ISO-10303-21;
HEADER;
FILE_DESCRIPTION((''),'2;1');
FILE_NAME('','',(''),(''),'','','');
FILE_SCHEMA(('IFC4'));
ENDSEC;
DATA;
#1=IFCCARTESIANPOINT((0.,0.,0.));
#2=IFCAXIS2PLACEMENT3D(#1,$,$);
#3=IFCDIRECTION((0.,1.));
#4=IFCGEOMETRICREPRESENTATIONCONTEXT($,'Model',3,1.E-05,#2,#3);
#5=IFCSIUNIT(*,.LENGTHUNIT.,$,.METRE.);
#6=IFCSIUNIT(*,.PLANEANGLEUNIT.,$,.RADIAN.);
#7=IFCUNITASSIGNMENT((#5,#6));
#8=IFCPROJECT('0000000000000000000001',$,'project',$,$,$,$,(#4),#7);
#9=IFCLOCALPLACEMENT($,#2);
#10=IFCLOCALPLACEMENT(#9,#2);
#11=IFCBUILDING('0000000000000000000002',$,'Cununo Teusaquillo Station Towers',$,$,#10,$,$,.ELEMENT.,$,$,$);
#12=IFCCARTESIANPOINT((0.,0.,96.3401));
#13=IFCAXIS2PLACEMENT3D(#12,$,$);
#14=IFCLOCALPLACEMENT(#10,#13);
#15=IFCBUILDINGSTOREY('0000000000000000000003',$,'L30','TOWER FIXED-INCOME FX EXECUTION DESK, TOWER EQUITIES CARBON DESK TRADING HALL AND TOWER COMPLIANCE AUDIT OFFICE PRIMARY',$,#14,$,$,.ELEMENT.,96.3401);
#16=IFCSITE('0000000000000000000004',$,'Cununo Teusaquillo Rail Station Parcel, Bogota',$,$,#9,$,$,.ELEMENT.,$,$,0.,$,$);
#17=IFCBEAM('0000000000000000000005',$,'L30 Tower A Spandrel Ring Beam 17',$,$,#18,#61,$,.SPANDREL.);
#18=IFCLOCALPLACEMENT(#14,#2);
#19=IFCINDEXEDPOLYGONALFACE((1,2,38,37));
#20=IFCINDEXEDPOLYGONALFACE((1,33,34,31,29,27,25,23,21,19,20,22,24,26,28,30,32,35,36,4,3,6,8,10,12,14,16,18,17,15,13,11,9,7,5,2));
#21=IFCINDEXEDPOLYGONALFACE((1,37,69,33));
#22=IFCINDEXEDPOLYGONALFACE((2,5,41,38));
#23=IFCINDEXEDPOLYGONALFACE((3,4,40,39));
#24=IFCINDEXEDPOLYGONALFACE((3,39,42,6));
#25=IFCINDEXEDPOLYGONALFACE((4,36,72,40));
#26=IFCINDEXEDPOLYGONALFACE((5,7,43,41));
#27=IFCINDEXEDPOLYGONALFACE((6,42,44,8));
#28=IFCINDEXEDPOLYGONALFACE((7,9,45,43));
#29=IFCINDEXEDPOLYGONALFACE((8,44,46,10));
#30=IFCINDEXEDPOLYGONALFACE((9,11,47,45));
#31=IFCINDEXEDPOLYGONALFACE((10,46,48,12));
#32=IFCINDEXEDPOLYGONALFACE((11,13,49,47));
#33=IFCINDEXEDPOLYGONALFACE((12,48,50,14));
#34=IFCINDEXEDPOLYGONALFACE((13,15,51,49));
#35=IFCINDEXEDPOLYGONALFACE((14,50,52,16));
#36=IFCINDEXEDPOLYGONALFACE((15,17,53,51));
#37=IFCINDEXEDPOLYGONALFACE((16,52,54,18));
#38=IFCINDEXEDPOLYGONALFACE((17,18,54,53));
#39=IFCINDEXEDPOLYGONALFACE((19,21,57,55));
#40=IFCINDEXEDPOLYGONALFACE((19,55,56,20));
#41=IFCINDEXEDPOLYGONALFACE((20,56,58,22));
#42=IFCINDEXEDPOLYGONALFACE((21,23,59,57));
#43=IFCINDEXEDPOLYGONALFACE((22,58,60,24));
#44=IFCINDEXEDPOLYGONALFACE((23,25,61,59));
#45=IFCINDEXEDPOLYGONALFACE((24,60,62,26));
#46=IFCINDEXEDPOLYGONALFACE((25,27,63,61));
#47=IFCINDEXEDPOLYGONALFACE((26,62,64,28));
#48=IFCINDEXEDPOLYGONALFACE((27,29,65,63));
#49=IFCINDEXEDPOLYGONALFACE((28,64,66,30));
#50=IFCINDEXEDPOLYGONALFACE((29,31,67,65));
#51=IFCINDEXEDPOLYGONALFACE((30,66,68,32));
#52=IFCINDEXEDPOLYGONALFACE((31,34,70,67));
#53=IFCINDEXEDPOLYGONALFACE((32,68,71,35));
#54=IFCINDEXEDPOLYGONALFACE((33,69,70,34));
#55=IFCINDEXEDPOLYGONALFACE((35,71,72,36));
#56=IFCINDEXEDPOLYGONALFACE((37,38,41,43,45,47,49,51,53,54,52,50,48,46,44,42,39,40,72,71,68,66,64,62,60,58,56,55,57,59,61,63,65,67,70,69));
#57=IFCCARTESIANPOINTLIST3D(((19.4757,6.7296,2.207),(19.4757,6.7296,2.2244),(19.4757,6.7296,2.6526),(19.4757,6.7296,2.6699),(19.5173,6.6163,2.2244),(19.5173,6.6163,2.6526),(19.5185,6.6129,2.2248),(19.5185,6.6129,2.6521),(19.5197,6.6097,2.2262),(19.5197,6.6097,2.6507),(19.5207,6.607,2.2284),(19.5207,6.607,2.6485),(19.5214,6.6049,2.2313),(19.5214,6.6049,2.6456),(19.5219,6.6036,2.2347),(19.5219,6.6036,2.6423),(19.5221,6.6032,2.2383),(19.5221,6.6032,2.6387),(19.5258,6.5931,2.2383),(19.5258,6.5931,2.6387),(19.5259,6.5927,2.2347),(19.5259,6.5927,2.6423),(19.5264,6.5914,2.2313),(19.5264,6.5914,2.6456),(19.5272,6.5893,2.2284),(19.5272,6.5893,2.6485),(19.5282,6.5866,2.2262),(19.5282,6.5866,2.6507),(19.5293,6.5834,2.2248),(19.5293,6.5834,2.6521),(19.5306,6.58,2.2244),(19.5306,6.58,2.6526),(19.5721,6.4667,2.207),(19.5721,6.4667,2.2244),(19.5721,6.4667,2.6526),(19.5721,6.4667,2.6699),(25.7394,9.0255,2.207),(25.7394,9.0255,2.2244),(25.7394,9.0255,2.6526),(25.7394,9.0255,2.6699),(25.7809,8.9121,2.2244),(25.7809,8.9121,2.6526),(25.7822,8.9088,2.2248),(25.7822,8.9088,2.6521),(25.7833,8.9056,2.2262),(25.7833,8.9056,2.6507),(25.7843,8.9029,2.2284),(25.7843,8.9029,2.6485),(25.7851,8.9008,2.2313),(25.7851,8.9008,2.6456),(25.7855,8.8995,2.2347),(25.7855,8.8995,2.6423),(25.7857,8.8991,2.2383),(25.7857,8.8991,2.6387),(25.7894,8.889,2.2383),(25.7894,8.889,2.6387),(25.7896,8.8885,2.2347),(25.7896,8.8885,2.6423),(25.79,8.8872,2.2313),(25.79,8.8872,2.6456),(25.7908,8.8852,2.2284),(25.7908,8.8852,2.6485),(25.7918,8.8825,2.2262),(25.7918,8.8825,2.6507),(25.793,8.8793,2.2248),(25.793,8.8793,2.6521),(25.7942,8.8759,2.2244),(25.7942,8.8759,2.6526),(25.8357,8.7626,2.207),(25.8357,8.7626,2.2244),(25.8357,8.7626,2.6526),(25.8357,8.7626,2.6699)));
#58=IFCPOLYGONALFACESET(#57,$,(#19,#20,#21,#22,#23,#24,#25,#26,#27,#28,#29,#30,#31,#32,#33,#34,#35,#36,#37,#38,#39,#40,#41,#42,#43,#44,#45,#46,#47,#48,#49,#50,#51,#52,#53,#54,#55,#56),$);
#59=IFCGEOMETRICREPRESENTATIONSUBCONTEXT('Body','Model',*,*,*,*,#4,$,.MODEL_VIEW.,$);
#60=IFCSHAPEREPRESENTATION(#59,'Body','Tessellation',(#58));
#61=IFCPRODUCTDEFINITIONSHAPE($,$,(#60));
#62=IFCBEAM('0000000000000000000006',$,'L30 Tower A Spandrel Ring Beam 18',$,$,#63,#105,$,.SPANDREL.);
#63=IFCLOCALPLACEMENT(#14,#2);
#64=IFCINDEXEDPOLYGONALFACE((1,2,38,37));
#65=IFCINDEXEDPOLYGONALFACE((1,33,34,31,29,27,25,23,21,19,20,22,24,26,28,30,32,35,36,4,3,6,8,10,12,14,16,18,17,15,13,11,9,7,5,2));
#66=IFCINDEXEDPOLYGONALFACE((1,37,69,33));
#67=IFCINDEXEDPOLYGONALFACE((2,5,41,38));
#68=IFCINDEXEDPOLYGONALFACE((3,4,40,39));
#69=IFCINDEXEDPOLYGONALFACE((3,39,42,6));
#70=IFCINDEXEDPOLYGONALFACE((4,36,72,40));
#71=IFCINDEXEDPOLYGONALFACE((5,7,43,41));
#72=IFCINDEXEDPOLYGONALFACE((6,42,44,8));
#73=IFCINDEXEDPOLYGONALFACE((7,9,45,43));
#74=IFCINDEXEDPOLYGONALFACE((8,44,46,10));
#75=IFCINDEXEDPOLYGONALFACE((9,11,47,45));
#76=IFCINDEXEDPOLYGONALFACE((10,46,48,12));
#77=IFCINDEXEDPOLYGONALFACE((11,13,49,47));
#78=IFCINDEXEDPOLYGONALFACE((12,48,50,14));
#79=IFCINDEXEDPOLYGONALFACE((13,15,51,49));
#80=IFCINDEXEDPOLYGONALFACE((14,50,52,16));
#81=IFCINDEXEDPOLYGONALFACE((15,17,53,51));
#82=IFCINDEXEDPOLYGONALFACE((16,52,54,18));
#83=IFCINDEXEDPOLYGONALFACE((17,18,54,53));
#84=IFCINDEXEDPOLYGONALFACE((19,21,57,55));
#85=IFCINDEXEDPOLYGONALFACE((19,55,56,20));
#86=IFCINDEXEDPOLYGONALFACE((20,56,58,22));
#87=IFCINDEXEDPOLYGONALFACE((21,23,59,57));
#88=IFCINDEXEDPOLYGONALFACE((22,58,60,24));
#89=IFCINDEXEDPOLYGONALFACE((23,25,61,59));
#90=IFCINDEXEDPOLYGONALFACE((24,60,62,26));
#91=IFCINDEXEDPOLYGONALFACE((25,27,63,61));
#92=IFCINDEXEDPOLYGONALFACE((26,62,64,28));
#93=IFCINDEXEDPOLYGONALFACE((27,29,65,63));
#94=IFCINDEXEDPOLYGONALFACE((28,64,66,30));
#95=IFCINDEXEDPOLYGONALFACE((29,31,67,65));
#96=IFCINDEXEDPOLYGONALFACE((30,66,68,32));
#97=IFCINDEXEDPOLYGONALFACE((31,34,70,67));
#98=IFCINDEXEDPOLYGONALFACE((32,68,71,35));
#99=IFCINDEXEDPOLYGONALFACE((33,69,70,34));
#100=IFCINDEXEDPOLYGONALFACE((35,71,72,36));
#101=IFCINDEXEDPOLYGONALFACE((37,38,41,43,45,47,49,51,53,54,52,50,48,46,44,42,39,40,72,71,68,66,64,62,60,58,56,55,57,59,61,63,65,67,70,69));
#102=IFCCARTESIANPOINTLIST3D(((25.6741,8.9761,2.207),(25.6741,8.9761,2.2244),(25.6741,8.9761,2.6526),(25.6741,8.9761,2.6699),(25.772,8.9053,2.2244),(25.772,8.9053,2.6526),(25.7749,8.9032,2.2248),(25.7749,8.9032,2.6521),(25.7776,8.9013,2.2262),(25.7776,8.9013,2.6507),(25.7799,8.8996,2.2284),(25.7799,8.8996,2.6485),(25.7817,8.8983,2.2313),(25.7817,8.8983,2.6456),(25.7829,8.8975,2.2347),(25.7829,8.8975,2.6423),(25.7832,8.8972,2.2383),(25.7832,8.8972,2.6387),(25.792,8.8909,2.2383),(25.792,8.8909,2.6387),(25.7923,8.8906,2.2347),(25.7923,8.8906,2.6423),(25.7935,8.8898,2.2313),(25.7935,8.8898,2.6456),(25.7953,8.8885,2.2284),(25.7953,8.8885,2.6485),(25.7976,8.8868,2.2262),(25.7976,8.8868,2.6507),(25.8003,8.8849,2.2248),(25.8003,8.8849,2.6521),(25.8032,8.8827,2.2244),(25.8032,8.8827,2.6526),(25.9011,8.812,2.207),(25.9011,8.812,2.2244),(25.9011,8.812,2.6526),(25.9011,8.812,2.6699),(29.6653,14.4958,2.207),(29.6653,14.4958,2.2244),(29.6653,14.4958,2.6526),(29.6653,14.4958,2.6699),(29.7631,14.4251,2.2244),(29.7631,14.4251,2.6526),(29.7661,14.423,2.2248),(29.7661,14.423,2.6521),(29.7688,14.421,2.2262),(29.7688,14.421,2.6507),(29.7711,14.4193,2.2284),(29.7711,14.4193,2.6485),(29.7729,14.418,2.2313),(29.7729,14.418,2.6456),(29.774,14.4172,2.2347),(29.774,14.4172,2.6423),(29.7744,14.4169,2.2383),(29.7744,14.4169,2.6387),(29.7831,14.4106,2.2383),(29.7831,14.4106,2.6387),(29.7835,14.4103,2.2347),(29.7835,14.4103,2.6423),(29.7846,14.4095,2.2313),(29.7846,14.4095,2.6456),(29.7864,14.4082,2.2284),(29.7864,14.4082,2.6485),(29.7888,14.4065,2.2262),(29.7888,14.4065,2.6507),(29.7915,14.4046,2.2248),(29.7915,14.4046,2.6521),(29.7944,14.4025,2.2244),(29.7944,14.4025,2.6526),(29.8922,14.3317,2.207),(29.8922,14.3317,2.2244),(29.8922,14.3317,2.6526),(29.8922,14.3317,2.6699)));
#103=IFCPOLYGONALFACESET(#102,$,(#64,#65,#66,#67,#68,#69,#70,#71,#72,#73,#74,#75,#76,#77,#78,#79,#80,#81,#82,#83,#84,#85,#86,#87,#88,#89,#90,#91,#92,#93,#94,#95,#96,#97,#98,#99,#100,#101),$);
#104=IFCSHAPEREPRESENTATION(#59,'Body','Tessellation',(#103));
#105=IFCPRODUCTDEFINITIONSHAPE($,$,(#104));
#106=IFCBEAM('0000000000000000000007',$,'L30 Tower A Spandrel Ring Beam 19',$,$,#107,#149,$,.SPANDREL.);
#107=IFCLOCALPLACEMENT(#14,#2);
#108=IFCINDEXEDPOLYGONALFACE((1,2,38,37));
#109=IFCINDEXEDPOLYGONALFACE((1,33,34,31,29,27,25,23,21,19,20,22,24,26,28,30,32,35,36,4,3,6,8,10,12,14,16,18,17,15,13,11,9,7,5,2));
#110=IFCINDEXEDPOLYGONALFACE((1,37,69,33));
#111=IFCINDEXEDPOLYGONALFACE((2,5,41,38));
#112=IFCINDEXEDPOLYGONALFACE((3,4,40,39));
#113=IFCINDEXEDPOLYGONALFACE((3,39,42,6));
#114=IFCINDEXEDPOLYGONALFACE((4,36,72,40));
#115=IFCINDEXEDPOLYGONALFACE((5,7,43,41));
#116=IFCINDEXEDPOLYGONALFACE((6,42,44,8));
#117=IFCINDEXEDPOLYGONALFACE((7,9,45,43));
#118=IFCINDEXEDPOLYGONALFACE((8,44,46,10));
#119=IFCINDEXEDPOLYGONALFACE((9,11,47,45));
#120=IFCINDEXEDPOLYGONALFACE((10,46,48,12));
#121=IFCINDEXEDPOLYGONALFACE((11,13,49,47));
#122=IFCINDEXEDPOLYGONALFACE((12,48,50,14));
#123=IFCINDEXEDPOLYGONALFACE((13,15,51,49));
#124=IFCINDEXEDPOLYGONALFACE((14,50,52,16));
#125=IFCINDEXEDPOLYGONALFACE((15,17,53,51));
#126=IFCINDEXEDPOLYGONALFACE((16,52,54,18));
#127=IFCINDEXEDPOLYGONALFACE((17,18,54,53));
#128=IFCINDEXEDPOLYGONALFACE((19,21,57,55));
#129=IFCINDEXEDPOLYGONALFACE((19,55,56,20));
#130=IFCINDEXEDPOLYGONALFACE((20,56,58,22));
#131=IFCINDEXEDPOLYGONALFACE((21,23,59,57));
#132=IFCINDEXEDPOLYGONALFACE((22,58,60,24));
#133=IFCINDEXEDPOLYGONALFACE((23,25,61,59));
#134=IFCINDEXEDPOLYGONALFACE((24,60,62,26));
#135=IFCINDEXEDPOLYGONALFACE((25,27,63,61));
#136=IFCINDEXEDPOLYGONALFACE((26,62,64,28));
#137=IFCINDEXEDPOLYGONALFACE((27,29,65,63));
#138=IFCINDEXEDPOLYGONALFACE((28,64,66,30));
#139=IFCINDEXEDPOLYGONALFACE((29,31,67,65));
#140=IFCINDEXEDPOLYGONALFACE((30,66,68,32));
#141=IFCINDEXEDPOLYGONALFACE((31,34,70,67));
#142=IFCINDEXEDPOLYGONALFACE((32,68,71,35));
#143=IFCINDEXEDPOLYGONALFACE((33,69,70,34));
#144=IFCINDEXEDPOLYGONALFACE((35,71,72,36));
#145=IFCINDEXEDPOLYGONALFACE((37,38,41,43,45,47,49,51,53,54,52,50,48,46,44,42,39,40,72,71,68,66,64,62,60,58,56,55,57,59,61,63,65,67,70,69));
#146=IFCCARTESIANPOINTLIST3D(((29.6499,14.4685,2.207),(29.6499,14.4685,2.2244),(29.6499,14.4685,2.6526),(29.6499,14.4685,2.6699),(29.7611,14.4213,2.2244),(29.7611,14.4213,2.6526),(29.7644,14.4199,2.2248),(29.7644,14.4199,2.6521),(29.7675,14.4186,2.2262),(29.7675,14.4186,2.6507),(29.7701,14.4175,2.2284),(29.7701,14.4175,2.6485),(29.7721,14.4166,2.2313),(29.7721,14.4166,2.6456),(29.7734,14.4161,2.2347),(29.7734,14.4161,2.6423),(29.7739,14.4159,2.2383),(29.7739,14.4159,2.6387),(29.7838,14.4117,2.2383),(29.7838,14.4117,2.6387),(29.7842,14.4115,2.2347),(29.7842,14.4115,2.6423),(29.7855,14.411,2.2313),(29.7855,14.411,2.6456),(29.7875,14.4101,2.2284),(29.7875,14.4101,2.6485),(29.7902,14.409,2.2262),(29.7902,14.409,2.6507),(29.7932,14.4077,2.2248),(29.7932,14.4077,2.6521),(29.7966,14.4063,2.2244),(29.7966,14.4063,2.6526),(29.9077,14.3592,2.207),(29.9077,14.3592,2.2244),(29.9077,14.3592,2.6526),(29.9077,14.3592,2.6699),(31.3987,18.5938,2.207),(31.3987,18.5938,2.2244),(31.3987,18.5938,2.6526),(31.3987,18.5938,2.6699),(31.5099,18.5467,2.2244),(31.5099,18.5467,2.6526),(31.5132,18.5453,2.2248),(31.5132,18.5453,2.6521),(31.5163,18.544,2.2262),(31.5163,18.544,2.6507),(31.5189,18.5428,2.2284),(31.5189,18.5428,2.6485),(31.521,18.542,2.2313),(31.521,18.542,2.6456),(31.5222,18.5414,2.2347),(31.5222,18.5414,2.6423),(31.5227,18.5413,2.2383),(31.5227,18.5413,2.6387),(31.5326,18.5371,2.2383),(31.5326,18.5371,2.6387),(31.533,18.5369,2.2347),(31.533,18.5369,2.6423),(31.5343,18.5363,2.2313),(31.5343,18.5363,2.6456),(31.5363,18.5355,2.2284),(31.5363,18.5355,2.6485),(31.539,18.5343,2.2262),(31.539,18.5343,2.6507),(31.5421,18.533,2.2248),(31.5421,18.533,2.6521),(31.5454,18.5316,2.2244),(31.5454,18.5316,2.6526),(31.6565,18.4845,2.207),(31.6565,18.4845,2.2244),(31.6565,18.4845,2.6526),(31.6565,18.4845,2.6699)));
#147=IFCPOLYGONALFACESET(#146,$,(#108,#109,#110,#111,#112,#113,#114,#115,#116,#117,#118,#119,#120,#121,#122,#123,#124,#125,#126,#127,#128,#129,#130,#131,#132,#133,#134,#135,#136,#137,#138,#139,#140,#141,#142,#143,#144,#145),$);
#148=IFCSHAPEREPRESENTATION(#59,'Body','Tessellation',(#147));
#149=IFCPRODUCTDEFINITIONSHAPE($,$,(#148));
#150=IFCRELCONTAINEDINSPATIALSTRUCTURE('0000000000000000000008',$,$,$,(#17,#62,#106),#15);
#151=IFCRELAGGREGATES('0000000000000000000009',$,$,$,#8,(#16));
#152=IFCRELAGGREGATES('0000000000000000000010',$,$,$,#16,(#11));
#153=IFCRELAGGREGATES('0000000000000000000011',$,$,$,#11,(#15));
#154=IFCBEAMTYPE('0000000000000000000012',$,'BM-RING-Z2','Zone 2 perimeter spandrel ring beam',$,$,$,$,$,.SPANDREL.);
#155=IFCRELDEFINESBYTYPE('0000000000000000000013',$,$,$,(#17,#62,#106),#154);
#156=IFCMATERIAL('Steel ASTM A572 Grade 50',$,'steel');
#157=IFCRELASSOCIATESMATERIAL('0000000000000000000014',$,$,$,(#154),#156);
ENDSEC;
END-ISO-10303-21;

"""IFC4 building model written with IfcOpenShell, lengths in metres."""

from ifc_helpers import new_model, si_unit, direction, frame, origin, origin_2d, place, context, subcontext, project, spatial, i_section, extrude, material, material_profile, profile_set, type_object, element, save


model = new_model("IFC4")

# Units and contexts
model_context = context("Model", 3, precision=1e-05, world=origin(), true_north=direction((0.0, 1.0)))
body_context = subcontext(model_context, "Body", "Model", "MODEL_VIEW")
ifc_project = project(units=[si_unit("LENGTHUNIT", "METRE"), si_unit("PLANEANGLEUNIT", "RADIAN")], contexts=[model_context])

# Site, building, storey
site_placement = place(None, origin())
site = spatial("IfcSite", under=ifc_project, at=site_placement, Name="Cununo Teusaquillo Rail Station Parcel, Bogota", CompositionType="ELEMENT", RefElevation=0.0)
building_placement = place(site_placement, origin())
building = spatial("IfcBuilding", under=site, at=building_placement, Name="Cununo Teusaquillo Station Towers", CompositionType="ELEMENT")
storey_placement = place(building_placement, frame((0.0, 0.0, 96.3401)))
storey = spatial("IfcBuildingStorey", under=building, at=storey_placement, Name="L30", Description="TOWER FIXED-INCOME FX EXECUTION DESK, TOWER EQUITIES CARBON DESK TRADING HALL AND TOWER COMPLIANCE AUDIT OFFICE PRIMARY", CompositionType="ELEMENT", Elevation=96.3401)

# Beams
ifc_material_1 = material(Name="Steel ASTM A572 Grade 50", Category="steel")
ifc_material_profile_1 = material_profile(ifc_material_1, i_section(OverallWidth=0.28, OverallDepth=0.4629, WebThickness=0.0107, FlangeThickness=0.0173, FilletRadius=0.0139, at=origin_2d()), Name="W18X76")
ifc_profile_set_1 = profile_set([ifc_material_profile_1], Name="Steel ASTM A572 Grade 50")
beam_type_1 = type_object("IfcBeamType", Name="BM-RING-Z2", Description="Zone 2 perimeter spandrel ring beam", PredefinedType="SPANDREL", material=ifc_profile_set_1)
beam_1_placement = place(storey_placement, frame((19.5239, 6.5981, 2.4385), z_axis=(0.938914, 0.344151, 0.0), x_axis=(-0.344151, 0.938914, 0.0)))
element("IfcBeam", 1, at=beam_1_placement, inside=storey, type_object=beam_type_1, Name="L30 Tower A Spandrel Ring Beam 17", PredefinedType="SPANDREL", context=body_context, shape_type="SweptSolid", body=[
    extrude(i_section(OverallWidth=0.28, OverallDepth=0.4629, WebThickness=0.0107, FlangeThickness=0.0173, FilletRadius=0.0139, at=origin_2d()), origin(), (0.0, 0.0, 1.0), 6.6711),
])
beam_2_placement = place(storey_placement, frame((25.7876, 8.894, 2.4385), z_axis=(0.585945, 0.810351, 0.0), x_axis=(-0.810351, 0.585945, 0.0)))
element("IfcBeam", 2, at=beam_2_placement, inside=storey, type_object=beam_type_1, Name="L30 Tower A Spandrel Ring Beam 18", PredefinedType="SPANDREL", context=body_context, shape_type="SweptSolid", body=[
    extrude(i_section(OverallWidth=0.28, OverallDepth=0.4629, WebThickness=0.0107, FlangeThickness=0.0173, FilletRadius=0.0139, at=origin_2d()), origin(), (0.0, 0.0, 1.0), 6.8115),
])
beam_3_placement = place(storey_placement, frame((29.7788, 14.4138, 2.4385), z_axis=(0.390299, 0.920688, 0.0), x_axis=(-0.920688, 0.390299, 0.0)))
element("IfcBeam", 3, at=beam_3_placement, inside=storey, type_object=beam_type_1, Name="L30 Tower A Spandrel Ring Beam 19", PredefinedType="SPANDREL", context=body_context, shape_type="SweptSolid", body=[
    extrude(i_section(OverallWidth=0.28, OverallDepth=0.4629, WebThickness=0.0107, FlangeThickness=0.0173, FilletRadius=0.0139, at=origin_2d()), origin(), (0.0, 0.0, 1.0), 4.4807),
])

save(model, "model.ifc")
